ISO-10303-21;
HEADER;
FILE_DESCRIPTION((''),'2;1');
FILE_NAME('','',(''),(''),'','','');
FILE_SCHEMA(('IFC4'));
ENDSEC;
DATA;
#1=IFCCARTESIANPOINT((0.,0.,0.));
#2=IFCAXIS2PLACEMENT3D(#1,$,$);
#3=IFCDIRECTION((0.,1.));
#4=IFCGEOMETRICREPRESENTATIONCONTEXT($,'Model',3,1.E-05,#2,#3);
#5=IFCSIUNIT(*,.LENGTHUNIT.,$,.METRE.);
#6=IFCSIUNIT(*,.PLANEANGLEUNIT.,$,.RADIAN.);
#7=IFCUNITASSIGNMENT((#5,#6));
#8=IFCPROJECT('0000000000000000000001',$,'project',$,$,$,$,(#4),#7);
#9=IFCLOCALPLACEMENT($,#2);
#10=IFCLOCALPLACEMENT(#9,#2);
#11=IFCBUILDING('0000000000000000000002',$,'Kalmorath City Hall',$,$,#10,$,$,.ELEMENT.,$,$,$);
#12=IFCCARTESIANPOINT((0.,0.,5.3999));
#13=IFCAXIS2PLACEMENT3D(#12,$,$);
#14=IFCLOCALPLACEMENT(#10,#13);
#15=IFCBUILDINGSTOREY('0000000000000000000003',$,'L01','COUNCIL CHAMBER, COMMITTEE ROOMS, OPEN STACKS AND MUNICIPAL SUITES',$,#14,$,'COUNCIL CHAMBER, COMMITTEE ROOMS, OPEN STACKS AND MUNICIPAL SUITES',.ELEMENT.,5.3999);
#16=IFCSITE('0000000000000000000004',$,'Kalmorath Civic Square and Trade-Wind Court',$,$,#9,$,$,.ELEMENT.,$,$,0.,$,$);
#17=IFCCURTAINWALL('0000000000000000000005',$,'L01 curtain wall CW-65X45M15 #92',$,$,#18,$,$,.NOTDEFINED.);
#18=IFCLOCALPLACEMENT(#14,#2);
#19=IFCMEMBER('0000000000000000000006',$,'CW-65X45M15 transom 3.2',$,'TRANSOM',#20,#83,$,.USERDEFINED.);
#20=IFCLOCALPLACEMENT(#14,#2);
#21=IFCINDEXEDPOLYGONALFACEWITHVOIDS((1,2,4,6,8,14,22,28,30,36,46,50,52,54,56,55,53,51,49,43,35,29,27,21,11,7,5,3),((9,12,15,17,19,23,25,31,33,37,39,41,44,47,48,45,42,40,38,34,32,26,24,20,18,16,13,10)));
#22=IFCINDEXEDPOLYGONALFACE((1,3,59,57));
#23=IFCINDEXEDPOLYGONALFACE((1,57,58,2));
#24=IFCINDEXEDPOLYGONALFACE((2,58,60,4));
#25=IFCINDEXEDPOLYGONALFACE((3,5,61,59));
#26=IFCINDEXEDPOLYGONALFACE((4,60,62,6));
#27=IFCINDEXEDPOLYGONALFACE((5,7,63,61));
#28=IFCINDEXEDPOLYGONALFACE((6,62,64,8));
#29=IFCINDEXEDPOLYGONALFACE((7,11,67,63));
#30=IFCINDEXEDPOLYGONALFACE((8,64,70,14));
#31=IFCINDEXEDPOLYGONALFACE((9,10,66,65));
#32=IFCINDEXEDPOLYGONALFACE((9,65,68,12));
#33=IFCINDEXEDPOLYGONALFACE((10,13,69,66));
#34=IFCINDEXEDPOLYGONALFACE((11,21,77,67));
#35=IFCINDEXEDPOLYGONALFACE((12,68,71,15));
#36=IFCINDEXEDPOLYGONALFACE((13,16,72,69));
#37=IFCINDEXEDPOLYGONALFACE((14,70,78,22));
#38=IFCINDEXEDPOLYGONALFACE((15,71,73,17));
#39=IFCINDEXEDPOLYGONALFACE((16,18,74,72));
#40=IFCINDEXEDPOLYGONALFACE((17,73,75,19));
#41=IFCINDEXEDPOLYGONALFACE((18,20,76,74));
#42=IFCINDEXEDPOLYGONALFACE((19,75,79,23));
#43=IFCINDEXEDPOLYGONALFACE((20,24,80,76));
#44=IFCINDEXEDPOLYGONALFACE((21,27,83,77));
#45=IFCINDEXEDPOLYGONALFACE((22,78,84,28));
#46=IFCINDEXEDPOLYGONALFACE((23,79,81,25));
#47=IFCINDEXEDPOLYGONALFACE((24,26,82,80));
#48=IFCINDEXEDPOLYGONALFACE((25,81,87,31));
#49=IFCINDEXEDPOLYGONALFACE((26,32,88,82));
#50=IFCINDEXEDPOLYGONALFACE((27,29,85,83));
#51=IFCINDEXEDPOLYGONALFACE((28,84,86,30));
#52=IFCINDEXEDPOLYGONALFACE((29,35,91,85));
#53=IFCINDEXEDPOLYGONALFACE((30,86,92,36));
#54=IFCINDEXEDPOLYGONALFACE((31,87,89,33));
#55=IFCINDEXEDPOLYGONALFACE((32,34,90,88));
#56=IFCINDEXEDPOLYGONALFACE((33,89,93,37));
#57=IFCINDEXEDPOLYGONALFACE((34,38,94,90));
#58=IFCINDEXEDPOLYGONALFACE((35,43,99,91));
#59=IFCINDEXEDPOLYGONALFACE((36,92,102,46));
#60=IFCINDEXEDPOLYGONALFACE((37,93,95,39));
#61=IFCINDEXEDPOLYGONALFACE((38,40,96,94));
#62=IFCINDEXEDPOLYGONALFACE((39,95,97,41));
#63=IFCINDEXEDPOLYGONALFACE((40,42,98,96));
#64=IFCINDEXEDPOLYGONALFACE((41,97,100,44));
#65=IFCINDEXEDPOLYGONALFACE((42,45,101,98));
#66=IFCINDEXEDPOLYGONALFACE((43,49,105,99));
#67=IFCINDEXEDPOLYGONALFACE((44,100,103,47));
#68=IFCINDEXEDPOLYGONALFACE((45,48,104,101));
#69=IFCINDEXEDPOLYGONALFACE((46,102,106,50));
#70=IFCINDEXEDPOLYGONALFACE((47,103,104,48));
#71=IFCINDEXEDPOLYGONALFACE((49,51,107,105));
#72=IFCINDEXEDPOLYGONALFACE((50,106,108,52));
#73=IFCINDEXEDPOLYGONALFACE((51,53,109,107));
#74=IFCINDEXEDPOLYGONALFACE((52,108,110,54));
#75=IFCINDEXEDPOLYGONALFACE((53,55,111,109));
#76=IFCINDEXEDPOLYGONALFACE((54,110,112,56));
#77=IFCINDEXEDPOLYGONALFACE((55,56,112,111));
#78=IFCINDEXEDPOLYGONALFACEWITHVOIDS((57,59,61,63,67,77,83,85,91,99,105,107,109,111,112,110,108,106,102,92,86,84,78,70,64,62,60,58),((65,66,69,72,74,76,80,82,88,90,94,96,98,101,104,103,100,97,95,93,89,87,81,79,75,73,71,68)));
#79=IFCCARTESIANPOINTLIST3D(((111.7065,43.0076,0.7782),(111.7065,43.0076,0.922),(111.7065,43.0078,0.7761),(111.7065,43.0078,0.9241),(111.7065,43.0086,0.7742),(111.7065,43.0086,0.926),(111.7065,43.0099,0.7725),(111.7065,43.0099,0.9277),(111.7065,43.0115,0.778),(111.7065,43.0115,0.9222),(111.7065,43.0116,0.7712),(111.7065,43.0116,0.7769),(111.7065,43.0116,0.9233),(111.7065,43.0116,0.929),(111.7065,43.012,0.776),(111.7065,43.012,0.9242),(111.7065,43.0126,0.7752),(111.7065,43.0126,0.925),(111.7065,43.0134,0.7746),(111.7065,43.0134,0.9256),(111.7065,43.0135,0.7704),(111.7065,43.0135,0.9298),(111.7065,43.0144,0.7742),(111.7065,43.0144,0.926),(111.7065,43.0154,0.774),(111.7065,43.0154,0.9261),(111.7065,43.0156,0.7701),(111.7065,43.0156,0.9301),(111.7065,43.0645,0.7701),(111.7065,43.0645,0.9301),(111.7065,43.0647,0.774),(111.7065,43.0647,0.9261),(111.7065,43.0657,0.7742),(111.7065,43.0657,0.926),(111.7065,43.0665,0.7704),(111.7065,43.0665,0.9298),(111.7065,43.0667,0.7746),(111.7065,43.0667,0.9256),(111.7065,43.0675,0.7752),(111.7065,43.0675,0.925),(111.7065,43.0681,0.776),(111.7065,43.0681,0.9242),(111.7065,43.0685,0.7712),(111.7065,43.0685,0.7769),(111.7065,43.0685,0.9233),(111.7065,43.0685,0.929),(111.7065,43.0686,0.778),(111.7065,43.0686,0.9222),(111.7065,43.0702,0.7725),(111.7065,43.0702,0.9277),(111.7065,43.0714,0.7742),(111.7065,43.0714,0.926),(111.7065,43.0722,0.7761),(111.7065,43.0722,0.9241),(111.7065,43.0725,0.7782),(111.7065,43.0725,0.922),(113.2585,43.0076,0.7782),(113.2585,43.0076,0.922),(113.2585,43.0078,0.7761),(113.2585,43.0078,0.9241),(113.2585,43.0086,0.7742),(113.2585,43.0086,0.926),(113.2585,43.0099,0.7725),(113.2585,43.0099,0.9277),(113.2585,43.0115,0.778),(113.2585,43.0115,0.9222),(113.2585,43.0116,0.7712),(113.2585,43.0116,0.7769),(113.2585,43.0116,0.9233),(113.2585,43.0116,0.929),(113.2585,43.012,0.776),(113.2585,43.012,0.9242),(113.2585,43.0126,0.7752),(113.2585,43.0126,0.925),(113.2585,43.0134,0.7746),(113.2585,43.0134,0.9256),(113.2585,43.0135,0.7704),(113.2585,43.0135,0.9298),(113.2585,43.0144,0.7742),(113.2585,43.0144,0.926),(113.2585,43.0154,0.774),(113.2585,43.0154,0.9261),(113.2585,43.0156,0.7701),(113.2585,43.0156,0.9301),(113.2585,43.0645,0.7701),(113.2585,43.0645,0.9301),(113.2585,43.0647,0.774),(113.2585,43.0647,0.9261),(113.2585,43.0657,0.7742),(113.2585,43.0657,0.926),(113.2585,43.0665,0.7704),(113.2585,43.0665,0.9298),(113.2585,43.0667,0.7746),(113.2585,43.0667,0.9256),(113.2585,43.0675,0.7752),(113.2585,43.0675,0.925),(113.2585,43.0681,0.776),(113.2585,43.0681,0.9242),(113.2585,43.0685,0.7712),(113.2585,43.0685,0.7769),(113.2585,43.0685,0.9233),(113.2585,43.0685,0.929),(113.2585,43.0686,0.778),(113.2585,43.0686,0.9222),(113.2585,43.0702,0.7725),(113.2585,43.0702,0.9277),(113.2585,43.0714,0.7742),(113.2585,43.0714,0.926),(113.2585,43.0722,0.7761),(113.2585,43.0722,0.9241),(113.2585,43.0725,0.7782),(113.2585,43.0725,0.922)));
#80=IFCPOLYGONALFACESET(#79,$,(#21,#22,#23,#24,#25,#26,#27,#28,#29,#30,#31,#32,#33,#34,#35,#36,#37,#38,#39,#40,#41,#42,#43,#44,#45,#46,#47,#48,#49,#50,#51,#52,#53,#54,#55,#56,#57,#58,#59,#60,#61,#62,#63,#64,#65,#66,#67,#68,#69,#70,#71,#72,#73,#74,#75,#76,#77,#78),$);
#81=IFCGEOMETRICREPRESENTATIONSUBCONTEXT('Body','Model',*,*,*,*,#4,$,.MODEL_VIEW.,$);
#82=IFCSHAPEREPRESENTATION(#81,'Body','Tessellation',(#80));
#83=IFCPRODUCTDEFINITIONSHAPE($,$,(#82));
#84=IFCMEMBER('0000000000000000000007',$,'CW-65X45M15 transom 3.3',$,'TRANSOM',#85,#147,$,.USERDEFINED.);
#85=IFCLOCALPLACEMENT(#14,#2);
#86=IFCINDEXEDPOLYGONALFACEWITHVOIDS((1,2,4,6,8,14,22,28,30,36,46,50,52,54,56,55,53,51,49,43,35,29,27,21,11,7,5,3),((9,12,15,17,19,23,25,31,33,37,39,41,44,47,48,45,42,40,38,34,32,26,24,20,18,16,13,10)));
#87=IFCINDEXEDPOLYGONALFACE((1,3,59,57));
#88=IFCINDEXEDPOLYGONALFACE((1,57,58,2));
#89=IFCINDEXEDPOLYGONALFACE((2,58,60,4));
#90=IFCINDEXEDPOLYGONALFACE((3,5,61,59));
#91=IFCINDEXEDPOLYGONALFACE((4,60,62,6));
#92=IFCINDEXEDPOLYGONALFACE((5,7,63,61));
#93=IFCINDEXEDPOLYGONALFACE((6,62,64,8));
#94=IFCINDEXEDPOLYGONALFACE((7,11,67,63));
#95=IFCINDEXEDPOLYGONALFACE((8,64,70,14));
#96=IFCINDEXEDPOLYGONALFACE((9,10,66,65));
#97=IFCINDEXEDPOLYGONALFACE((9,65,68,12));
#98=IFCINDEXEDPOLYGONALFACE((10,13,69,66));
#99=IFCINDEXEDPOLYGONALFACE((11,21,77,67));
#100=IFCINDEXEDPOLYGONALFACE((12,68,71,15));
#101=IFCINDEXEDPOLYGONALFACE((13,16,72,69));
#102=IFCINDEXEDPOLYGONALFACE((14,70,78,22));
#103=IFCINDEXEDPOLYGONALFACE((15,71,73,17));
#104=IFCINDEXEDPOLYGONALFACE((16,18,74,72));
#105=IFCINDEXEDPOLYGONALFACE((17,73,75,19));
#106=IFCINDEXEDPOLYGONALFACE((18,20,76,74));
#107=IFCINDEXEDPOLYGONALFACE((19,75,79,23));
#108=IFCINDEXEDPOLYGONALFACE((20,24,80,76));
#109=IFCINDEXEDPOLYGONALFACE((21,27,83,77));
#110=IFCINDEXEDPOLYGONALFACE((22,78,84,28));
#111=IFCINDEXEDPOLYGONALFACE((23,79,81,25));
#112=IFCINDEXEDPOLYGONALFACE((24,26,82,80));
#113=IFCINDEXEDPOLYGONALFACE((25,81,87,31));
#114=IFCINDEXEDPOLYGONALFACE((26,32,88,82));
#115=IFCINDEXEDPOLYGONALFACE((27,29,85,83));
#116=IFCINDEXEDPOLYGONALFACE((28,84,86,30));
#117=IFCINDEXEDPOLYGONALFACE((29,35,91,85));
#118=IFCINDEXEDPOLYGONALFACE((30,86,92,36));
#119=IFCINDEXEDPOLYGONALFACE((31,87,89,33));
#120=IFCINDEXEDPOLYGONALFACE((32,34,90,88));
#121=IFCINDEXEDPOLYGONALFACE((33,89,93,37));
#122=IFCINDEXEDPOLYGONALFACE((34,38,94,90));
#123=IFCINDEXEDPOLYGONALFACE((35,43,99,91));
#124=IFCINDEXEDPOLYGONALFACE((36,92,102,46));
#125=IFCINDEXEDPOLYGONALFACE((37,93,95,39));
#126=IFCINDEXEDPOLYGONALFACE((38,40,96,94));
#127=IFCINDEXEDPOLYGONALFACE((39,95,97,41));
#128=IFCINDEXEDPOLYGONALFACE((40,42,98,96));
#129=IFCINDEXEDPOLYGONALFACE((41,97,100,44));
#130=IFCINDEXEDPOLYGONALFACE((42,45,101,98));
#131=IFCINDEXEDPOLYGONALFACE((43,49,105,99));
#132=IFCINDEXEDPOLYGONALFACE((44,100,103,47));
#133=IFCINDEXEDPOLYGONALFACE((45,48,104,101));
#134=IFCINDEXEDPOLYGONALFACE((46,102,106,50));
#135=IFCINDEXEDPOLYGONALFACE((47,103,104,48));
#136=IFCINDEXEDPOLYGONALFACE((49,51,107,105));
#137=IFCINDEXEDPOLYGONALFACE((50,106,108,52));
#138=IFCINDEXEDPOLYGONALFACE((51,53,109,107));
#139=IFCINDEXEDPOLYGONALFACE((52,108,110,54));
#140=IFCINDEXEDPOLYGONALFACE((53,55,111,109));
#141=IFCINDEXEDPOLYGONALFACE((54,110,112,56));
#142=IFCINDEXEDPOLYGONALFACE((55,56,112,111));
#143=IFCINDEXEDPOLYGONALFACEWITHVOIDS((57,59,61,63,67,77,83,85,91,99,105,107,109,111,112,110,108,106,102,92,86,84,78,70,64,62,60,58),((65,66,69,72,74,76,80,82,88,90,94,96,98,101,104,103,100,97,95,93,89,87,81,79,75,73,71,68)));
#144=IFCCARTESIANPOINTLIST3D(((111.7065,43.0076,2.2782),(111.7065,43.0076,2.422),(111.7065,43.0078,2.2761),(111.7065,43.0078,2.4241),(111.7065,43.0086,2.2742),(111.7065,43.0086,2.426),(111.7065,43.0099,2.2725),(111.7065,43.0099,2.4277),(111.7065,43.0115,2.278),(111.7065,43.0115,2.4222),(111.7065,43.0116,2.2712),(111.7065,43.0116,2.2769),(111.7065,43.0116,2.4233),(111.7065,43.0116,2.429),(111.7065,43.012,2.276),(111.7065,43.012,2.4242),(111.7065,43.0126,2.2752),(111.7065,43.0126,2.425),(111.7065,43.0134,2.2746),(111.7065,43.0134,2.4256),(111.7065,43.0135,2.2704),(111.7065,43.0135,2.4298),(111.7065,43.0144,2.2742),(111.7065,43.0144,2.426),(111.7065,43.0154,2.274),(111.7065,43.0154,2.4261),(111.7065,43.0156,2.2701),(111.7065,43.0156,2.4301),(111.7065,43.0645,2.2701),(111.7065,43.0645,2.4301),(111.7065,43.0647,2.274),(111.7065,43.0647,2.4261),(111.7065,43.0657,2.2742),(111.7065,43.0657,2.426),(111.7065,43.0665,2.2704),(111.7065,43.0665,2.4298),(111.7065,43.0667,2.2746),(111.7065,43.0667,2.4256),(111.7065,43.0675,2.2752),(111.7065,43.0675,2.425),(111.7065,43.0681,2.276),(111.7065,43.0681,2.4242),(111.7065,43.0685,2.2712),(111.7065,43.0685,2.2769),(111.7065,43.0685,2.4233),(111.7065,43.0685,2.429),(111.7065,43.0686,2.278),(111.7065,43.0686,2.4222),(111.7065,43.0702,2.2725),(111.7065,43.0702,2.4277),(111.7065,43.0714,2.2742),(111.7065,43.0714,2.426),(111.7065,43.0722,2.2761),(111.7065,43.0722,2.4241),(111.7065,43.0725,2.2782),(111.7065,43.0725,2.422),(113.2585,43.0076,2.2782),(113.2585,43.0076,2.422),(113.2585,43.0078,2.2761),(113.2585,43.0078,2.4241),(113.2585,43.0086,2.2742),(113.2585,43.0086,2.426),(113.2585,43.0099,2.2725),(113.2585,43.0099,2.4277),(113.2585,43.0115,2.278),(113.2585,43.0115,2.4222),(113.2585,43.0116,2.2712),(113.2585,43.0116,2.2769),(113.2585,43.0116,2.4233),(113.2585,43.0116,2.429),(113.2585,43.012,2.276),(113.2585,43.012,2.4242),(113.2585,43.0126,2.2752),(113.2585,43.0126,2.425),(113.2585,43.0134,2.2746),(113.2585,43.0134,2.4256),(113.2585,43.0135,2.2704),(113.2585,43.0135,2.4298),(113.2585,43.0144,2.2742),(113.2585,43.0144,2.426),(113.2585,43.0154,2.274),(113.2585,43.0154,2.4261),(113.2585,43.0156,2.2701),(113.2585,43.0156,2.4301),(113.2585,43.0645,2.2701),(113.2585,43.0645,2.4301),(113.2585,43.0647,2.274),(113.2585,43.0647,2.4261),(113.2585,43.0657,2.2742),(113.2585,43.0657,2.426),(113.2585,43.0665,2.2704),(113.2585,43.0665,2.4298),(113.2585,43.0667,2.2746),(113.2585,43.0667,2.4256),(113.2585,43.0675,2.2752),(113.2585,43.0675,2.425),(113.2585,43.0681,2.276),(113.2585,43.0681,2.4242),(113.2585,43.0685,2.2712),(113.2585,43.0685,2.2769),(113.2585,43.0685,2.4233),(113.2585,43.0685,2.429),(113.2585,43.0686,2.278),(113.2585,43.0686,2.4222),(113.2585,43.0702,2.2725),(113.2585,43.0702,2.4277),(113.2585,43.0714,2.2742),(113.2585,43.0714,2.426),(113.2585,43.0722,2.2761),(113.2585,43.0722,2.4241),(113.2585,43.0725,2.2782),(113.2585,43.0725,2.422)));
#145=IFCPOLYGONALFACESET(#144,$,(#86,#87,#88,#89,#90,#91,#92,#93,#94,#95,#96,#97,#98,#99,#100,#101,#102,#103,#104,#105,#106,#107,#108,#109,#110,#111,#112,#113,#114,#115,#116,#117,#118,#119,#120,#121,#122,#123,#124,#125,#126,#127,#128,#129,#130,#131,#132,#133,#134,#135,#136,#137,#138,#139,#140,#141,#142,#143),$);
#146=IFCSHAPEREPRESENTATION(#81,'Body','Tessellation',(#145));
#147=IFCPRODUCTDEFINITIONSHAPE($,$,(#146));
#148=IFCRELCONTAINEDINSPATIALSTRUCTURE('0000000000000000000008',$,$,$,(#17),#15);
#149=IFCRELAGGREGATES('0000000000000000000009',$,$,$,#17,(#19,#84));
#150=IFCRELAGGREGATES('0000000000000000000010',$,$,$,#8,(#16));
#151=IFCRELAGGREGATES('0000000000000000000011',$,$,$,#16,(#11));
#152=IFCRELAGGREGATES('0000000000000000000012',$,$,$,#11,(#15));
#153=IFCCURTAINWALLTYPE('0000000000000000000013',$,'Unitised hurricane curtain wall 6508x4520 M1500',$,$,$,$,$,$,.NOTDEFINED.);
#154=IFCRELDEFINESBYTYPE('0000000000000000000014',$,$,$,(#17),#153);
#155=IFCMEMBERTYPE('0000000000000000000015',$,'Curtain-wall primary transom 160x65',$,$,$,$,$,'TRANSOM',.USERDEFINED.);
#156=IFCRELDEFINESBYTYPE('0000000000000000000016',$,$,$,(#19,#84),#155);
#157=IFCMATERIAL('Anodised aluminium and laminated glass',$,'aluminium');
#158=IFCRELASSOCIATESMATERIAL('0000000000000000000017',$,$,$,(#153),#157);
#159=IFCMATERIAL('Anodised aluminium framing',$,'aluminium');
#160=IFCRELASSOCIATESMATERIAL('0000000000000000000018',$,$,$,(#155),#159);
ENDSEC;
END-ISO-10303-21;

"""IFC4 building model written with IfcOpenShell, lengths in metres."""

from ifc_helpers import new_model, si_unit, direction, frame, origin, origin_2d, place, context, subcontext, project, spatial, hollow_rectangle, extrude, material, material_profile, profile_set, type_object, element, aggregate, save


model = new_model("IFC4")

# Units and contexts
model_context = context("Model", 3, precision=1e-05, world=origin(), true_north=direction((0.0, 1.0)))
body_context = subcontext(model_context, "Body", "Model", "MODEL_VIEW")
ifc_project = project(units=[si_unit("LENGTHUNIT", "METRE"), si_unit("PLANEANGLEUNIT", "RADIAN")], contexts=[model_context])

# Site, building, storey
site_placement = place(None, origin())
site = spatial("IfcSite", under=ifc_project, at=site_placement, Name="Kalmorath Civic Square and Trade-Wind Court", CompositionType="ELEMENT", RefElevation=0.0)
building_placement = place(site_placement, origin())
building = spatial("IfcBuilding", under=site, at=building_placement, Name="Kalmorath City Hall", CompositionType="ELEMENT")
storey_placement = place(building_placement, frame((0.0, 0.0, 5.3999)))
storey = spatial("IfcBuildingStorey", under=building, at=storey_placement, Name="L01", Description="COUNCIL CHAMBER, COMMITTEE ROOMS, OPEN STACKS AND MUNICIPAL SUITES", LongName="COUNCIL CHAMBER, COMMITTEE ROOMS, OPEN STACKS AND MUNICIPAL SUITES", CompositionType="ELEMENT", Elevation=5.3999)

# Curtain wall, members
ifc_material_1 = material(Name="Anodised aluminium and laminated glass", Category="aluminium")
curtain_wall_type = type_object("IfcCurtainWallType", Name="Unitised hurricane curtain wall 6508x4520 M1500", PredefinedType="NOTDEFINED", material=ifc_material_1)
curtain_wall_placement = place(storey_placement, origin())
curtain_wall = element("IfcCurtainWall", 1, at=curtain_wall_placement, inside=storey, type_object=curtain_wall_type, Name="L01 curtain wall CW-65X45M15 #92", PredefinedType="NOTDEFINED")
ifc_material_2 = material(Name="Anodised aluminium framing", Category="aluminium")
ifc_material_profile_1 = material_profile(ifc_material_2, hollow_rectangle(XDim=0.0649, YDim=0.1599, WallThickness=0.0039, InnerFilletRadius=0.0039, OuterFilletRadius=0.0081, at=origin_2d()), Name="ALU-TRN-160X65X4")
ifc_profile_set_1 = profile_set([ifc_material_profile_1], Name="Anodised aluminium framing")
member_type_1 = type_object("IfcMemberType", Name="Curtain-wall primary transom 160x65", ElementType="TRANSOM", PredefinedType="USERDEFINED", material=ifc_profile_set_1)
member_1_placement = place(storey_placement, frame((111.7065, 43.04, 0.8501), z_axis=(1.0, 0.0, 0.0), x_axis=(0.0, 1.0, 0.0)))
member_1 = element("IfcMember", 2, at=member_1_placement, type_object=member_type_1, Name="CW-65X45M15 transom 3.2", ObjectType="TRANSOM", PredefinedType="USERDEFINED", context=body_context, shape_type="SweptSolid", body=[
    extrude(hollow_rectangle(XDim=0.0649, YDim=0.1599, WallThickness=0.0039, InnerFilletRadius=0.0039, OuterFilletRadius=0.0081, at=origin_2d()), origin(), (0.0, 0.0, 1.0), 1.552),
])
member_2_placement = place(storey_placement, frame((111.7065, 43.04, 2.3501), z_axis=(1.0, 0.0, 0.0), x_axis=(0.0, 1.0, 0.0)))
member_2 = element("IfcMember", 3, at=member_2_placement, type_object=member_type_1, Name="CW-65X45M15 transom 3.3", ObjectType="TRANSOM", PredefinedType="USERDEFINED", context=body_context, shape_type="SweptSolid", body=[
    extrude(hollow_rectangle(XDim=0.0649, YDim=0.1599, WallThickness=0.0039, InnerFilletRadius=0.0039, OuterFilletRadius=0.0081, at=origin_2d()), origin(), (0.0, 0.0, 1.0), 1.552),
])
aggregate(curtain_wall, [member_1, member_2])

save(model, "model.ifc")
